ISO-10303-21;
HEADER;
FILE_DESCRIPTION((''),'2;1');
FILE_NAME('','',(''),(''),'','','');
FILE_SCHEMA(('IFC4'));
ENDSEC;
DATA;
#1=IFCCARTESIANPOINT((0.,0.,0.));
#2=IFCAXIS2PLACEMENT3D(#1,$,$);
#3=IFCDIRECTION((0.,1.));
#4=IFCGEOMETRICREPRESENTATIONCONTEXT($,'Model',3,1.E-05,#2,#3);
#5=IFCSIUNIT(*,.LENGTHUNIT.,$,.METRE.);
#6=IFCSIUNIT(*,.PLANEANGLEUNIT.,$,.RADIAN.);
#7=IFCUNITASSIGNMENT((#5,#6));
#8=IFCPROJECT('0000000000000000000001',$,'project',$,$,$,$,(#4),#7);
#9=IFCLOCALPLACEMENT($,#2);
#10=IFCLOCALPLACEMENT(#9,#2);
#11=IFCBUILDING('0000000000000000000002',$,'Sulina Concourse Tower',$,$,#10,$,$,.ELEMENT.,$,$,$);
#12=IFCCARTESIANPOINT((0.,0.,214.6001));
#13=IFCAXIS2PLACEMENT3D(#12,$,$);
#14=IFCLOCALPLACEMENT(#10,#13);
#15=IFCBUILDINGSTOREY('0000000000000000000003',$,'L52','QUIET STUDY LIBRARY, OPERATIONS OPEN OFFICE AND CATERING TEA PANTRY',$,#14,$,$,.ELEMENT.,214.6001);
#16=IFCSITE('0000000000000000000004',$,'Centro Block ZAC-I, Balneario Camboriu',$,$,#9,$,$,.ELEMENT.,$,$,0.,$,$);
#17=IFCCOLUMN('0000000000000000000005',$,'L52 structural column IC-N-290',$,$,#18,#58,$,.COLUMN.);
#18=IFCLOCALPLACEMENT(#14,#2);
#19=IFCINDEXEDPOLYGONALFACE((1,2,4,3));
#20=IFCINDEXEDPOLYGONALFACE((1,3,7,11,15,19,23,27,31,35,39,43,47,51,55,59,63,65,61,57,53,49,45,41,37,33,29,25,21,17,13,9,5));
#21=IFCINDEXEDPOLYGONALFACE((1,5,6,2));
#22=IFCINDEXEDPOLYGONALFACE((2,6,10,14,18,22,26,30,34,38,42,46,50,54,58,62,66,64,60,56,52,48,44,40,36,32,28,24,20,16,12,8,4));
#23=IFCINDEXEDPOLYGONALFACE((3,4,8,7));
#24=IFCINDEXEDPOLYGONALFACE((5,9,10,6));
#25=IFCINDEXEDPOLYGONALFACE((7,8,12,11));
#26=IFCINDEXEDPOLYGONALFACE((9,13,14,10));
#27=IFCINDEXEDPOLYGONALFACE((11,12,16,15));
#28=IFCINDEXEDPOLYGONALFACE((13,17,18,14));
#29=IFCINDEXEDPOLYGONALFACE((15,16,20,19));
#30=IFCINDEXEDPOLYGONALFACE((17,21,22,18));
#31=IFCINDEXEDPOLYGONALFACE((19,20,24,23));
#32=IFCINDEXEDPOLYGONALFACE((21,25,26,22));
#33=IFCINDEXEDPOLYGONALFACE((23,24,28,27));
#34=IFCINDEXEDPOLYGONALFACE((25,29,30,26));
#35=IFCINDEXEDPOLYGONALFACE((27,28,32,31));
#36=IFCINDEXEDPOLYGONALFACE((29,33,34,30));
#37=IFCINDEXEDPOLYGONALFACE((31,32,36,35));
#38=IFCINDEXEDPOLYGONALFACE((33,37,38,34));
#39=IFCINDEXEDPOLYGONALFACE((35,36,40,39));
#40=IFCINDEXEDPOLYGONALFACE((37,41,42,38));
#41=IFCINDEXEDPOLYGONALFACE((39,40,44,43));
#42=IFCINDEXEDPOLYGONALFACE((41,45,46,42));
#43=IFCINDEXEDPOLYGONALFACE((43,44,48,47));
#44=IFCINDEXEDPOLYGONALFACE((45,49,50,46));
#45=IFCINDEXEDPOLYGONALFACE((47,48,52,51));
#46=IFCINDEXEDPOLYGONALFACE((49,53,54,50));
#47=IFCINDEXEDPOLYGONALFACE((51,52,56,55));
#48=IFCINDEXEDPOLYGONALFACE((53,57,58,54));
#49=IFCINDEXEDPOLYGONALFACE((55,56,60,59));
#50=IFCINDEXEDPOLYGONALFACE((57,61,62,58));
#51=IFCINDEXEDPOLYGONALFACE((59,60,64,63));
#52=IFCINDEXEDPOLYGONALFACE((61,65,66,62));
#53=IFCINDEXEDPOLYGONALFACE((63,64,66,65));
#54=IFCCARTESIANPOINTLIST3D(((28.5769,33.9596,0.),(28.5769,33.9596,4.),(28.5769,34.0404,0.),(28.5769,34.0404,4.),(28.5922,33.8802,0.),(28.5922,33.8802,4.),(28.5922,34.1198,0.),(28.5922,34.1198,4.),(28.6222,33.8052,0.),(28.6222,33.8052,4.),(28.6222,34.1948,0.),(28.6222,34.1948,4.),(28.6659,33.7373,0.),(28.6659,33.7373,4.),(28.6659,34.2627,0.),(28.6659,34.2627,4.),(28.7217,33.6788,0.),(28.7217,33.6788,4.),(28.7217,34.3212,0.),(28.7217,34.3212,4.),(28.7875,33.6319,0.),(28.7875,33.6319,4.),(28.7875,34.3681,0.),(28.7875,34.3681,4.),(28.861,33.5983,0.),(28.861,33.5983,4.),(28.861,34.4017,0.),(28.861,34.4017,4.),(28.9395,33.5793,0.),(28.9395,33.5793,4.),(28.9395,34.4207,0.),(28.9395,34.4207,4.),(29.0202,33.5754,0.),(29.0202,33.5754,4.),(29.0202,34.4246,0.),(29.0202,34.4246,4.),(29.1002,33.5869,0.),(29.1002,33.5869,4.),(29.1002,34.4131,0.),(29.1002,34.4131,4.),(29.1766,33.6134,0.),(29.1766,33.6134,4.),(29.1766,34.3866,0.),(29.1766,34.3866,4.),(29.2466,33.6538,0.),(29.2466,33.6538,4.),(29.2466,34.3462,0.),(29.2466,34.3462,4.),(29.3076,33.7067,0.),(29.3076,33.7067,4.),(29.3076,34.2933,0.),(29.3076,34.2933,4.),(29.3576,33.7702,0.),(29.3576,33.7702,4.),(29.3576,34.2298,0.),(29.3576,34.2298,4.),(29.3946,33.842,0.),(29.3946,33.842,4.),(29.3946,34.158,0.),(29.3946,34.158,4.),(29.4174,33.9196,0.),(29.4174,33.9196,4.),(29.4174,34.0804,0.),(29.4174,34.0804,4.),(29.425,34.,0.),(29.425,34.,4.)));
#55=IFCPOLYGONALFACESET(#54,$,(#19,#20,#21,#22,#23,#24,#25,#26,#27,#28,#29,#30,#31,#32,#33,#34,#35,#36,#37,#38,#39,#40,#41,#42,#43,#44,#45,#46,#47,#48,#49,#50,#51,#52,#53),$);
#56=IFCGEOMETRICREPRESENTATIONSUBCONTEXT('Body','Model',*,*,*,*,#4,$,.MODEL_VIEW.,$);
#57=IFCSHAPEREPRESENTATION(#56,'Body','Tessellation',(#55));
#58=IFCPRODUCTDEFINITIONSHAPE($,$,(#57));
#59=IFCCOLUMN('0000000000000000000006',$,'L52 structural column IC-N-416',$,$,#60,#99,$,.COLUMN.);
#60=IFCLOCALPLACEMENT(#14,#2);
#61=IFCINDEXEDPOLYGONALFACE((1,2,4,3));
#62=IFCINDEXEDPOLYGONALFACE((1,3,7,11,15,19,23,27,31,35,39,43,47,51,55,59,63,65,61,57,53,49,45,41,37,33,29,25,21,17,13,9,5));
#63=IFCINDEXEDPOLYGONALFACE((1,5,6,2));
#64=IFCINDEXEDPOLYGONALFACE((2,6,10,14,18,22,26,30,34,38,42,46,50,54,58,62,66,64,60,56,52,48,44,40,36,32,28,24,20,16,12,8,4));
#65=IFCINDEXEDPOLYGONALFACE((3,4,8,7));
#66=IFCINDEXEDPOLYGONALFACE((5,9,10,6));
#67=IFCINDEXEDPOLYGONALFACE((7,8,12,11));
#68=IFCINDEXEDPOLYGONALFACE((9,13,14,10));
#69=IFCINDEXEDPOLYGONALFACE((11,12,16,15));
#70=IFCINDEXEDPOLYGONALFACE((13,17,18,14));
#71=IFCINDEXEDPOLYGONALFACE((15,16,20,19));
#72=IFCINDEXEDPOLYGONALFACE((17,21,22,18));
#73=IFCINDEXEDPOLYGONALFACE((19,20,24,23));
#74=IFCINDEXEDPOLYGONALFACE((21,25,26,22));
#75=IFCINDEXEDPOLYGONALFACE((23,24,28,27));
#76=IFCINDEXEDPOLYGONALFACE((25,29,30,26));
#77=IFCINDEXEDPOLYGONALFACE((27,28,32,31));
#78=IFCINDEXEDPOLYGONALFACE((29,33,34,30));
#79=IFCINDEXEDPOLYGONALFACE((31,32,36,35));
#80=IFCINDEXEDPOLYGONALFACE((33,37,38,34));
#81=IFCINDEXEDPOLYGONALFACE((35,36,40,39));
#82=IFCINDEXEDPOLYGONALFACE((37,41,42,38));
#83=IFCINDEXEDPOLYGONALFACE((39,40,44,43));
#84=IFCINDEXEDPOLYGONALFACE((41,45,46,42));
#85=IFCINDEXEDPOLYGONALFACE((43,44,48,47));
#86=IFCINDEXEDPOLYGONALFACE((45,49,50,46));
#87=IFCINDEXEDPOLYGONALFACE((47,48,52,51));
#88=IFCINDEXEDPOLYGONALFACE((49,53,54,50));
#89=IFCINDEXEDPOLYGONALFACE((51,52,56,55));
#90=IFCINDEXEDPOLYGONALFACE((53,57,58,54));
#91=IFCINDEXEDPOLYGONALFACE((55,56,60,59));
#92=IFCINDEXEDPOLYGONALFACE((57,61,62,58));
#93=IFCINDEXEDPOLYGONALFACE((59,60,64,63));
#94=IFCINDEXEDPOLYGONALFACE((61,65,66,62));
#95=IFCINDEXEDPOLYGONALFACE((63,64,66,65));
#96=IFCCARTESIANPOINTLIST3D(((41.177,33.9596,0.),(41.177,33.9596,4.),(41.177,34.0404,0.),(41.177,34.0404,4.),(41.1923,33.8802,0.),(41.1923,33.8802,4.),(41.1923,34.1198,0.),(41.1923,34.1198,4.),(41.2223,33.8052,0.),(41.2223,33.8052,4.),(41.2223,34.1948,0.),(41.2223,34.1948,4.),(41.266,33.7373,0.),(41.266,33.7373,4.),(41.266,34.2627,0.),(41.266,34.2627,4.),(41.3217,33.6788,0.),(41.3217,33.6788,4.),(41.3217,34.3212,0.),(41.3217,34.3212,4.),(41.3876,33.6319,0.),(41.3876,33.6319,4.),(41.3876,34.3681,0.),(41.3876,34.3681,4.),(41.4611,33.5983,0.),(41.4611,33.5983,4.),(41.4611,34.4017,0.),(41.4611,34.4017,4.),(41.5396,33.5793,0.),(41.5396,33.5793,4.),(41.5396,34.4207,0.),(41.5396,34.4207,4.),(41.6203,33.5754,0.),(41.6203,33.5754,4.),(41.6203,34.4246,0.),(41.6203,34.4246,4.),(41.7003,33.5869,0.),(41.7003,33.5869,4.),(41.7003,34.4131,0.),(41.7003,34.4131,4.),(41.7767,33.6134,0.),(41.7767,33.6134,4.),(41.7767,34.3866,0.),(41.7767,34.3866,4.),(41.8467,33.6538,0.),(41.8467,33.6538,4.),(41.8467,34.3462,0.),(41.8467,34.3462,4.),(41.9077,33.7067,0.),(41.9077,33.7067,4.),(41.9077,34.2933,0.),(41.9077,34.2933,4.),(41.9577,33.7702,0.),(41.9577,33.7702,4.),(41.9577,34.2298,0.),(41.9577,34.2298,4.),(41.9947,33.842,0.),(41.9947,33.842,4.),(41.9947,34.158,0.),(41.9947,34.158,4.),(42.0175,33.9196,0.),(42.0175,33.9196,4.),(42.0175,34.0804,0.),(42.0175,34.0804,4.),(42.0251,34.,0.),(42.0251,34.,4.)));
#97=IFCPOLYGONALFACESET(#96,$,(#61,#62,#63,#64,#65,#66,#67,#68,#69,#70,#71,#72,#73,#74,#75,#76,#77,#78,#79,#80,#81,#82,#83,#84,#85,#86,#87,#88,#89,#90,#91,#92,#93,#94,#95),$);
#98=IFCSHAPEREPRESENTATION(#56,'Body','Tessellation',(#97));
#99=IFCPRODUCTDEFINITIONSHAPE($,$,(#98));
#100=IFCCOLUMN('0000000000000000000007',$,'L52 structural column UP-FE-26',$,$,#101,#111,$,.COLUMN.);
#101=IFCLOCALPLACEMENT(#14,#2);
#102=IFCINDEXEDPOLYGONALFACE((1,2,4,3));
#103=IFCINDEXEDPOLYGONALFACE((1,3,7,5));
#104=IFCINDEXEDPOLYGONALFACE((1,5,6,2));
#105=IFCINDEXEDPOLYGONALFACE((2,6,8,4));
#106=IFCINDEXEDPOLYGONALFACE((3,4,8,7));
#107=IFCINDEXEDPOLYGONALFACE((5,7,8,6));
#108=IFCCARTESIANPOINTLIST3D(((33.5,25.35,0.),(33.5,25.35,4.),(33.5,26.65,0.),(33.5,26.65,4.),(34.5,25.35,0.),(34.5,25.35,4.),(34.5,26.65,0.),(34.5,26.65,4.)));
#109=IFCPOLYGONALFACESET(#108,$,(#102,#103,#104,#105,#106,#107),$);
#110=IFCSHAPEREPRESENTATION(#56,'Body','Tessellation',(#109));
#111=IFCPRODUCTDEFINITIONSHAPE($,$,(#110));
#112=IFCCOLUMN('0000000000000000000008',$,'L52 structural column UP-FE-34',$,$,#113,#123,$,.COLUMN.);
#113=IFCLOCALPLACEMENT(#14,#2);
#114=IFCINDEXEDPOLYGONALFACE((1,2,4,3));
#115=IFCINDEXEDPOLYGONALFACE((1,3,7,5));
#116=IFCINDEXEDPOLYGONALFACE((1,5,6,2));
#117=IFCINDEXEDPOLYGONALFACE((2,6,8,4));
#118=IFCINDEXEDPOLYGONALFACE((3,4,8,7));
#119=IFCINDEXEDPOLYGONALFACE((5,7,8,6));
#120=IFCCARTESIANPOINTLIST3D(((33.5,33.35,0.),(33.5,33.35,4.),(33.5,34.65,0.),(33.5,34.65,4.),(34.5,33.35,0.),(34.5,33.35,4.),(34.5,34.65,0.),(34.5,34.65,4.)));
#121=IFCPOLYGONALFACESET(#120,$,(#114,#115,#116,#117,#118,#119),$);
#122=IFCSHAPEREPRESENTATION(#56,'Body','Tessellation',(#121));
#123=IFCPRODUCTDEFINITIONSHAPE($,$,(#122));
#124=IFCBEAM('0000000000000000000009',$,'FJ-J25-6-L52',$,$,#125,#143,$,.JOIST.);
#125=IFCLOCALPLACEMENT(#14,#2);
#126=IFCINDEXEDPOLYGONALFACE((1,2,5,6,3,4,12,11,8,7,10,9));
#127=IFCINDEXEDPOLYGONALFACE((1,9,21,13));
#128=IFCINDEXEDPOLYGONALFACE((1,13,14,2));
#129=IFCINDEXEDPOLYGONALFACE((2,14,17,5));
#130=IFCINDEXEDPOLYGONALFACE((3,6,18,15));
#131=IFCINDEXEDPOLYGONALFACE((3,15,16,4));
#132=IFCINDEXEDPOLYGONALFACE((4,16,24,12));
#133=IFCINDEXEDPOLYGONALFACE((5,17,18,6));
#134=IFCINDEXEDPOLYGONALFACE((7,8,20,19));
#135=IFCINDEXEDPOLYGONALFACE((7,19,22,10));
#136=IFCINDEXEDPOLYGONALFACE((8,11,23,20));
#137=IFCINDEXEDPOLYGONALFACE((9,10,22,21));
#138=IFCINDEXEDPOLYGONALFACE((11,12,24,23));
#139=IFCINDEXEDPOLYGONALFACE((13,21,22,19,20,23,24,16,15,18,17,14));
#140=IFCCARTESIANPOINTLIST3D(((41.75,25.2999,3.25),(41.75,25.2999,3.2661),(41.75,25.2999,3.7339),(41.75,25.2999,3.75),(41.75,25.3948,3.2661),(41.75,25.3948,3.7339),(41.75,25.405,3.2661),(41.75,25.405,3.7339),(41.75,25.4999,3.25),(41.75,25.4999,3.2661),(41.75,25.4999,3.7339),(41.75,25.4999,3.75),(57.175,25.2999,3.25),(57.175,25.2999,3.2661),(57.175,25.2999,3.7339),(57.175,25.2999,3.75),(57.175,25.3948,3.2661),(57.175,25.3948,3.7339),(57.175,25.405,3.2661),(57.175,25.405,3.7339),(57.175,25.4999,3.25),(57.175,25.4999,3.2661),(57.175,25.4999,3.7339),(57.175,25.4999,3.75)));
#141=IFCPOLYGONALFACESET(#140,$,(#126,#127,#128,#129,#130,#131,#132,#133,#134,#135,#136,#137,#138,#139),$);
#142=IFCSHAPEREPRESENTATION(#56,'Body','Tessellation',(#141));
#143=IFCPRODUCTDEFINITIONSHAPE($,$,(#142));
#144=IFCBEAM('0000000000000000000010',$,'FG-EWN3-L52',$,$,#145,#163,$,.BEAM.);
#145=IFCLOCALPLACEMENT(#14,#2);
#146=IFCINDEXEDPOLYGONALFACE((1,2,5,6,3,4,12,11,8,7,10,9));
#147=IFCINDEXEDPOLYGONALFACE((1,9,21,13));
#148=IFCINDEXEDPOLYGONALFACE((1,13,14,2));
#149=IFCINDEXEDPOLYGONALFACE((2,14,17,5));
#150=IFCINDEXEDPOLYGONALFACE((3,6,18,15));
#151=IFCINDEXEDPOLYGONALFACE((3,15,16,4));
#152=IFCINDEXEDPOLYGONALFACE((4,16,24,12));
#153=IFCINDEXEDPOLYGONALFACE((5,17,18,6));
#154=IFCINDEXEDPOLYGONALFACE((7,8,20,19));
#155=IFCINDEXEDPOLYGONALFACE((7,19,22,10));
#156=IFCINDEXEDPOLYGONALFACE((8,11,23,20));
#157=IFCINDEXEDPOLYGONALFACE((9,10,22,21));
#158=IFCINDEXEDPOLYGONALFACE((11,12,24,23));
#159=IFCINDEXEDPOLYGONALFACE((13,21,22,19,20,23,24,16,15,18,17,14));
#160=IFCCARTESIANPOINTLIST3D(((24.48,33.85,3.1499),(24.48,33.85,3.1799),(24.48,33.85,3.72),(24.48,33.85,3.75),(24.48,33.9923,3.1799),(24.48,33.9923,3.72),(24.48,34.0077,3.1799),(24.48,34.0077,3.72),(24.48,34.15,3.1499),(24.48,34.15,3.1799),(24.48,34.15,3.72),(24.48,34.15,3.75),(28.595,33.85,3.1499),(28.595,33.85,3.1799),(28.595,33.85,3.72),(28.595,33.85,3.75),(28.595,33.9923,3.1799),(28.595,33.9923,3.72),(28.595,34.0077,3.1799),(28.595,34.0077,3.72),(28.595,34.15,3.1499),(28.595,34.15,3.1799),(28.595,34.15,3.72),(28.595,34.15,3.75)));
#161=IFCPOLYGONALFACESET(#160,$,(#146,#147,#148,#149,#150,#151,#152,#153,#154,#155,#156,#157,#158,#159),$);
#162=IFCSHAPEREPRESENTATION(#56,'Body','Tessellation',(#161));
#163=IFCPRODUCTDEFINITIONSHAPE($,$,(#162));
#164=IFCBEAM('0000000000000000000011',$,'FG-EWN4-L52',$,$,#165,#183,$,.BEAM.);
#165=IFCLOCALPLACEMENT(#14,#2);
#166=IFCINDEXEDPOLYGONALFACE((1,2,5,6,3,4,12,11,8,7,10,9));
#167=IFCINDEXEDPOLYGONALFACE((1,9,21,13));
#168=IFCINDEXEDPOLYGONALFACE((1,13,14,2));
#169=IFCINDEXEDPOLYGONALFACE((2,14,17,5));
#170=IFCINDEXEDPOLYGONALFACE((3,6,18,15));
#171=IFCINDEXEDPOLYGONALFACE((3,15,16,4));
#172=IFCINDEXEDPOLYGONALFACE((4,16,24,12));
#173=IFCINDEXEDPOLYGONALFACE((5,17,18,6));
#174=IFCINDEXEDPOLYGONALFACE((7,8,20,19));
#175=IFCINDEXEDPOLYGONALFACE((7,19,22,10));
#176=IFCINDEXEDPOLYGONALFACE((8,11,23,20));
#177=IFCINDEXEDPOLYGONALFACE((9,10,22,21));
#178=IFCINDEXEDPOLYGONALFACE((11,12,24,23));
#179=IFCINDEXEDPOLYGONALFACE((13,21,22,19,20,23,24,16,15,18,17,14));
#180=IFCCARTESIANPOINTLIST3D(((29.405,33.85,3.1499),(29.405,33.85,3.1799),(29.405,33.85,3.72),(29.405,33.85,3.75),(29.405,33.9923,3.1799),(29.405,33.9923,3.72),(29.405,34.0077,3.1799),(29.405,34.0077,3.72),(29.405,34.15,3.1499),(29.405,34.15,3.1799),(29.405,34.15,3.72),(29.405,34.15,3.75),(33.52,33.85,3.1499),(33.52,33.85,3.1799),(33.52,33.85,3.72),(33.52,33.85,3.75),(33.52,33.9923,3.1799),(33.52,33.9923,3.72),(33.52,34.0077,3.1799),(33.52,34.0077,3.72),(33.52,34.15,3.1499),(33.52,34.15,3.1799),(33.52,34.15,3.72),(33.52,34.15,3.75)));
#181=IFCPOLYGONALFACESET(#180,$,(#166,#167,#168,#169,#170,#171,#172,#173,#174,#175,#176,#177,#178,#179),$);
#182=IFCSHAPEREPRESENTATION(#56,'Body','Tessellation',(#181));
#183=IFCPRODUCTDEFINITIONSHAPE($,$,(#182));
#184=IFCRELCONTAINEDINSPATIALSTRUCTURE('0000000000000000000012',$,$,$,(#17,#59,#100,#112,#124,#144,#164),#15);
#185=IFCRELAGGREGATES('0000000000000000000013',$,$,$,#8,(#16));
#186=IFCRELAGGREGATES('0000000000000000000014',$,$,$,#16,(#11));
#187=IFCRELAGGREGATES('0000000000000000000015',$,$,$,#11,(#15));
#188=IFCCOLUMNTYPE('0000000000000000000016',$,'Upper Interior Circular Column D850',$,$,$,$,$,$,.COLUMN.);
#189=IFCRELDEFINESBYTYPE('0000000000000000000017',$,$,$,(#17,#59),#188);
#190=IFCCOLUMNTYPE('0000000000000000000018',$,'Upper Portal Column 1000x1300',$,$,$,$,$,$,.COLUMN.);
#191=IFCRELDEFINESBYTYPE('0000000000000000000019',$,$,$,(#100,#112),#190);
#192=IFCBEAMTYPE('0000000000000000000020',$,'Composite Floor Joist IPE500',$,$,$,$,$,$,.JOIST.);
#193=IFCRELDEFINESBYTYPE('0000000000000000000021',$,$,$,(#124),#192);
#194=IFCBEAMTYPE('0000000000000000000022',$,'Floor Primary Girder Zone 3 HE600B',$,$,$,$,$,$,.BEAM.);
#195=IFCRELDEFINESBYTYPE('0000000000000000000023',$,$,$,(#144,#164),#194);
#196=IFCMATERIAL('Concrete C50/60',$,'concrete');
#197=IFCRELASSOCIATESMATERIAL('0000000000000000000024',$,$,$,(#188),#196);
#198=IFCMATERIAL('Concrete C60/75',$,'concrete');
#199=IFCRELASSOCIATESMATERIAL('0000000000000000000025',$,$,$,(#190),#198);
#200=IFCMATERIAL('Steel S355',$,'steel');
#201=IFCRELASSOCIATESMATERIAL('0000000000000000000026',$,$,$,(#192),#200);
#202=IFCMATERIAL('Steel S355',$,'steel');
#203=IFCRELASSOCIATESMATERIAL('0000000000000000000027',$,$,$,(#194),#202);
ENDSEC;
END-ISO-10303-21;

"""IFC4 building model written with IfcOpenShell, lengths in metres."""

from ifc_helpers import new_model, si_unit, direction, frame, origin, origin_2d, place, context, subcontext, project, spatial, rectangle, circle, i_section, extrude, material, material_profile, profile_set, type_object, element, save


model = new_model("IFC4")

# Units and contexts
model_context = context("Model", 3, precision=1e-05, world=origin(), true_north=direction((0.0, 1.0)))
body_context = subcontext(model_context, "Body", "Model", "MODEL_VIEW")
ifc_project = project(units=[si_unit("LENGTHUNIT", "METRE"), si_unit("PLANEANGLEUNIT", "RADIAN")], contexts=[model_context])

# Site, building, storey
site_placement = place(None, origin())
site = spatial("IfcSite", under=ifc_project, at=site_placement, Name="Centro Block ZAC-I, Balneario Camboriu", CompositionType="ELEMENT", RefElevation=0.0)
building_placement = place(site_placement, origin())
building = spatial("IfcBuilding", under=site, at=building_placement, Name="Sulina Concourse Tower", CompositionType="ELEMENT")
storey_placement = place(building_placement, frame((0.0, 0.0, 214.6001)))
storey = spatial("IfcBuildingStorey", under=building, at=storey_placement, Name="L52", Description="QUIET STUDY LIBRARY, OPERATIONS OPEN OFFICE AND CATERING TEA PANTRY", CompositionType="ELEMENT", Elevation=214.6001)

# Columns
ifc_material_1 = material(Name="Concrete C50/60", Category="concrete")
ifc_material_profile_1 = material_profile(ifc_material_1, circle(Radius=0.425, at=origin_2d()), Name="RC D850")
ifc_profile_set_1 = profile_set([ifc_material_profile_1], Name="Concrete C50/60")
column_type_1 = type_object("IfcColumnType", Name="Upper Interior Circular Column D850", PredefinedType="COLUMN", material=ifc_profile_set_1)
for number, where, z_axis, x_axis, name in (
    (1, (29.0, 34.0, 0.0), (0.0, 0.0, 1.0), (1.0, 0.0, 0.0), "L52 structural column IC-N-290"),
    (2, (41.6001, 34.0, 0.0), (0.0, 0.0, 1.0), (1.0, 0.0, 0.0), "L52 structural column IC-N-416"),
):
    element("IfcColumn", number, at=place(storey_placement, frame(where, z_axis=z_axis, x_axis=x_axis)), inside=storey, type_object=column_type_1, Name=name, PredefinedType="COLUMN", context=body_context, shape_type="SweptSolid", body=[
        extrude(circle(Radius=0.425, at=origin_2d()), origin(), (0.0, 0.0, 1.0), 4.0),
    ])
ifc_material_2 = material(Name="Concrete C60/75", Category="concrete")
ifc_material_profile_2 = material_profile(ifc_material_2, rectangle(XDim=1.0, YDim=1.3, at=origin_2d()), Name="RC 1000x1300")
ifc_profile_set_2 = profile_set([ifc_material_profile_2], Name="Concrete C60/75")
column_type_2 = type_object("IfcColumnType", Name="Upper Portal Column 1000x1300", PredefinedType="COLUMN", material=ifc_profile_set_2)
for number, where, z_axis, x_axis, name in (
    (3, (34.0, 26.0, 0.0), (0.0, 0.0, 1.0), (1.0, 0.0, 0.0), "L52 structural column UP-FE-26"),
    (4, (34.0, 34.0, 0.0), (0.0, 0.0, 1.0), (1.0, 0.0, 0.0), "L52 structural column UP-FE-34"),
):
    element("IfcColumn", number, at=place(storey_placement, frame(where, z_axis=z_axis, x_axis=x_axis)), inside=storey, type_object=column_type_2, Name=name, PredefinedType="COLUMN", context=body_context, shape_type="SweptSolid", body=[
        extrude(rectangle(XDim=1.0, YDim=1.3, at=origin_2d()), origin(), (0.0, 0.0, 1.0), 4.0),
    ])

# Beams
ifc_material_3 = material(Name="Steel S355", Category="steel")
ifc_material_profile_3 = material_profile(ifc_material_3, i_section(OverallWidth=0.2, OverallDepth=0.5, WebThickness=0.0103, FlangeThickness=0.0161, at=origin_2d()), Name="IPE 500")
ifc_profile_set_3 = profile_set([ifc_material_profile_3], Name="Steel S355")
beam_type_1 = type_object("IfcBeamType", Name="Composite Floor Joist IPE500", PredefinedType="JOIST", material=ifc_profile_set_3)
beam_1_placement = place(storey_placement, frame((41.75, 25.3999, 3.5), z_axis=(1.0, 0.0, 0.0), x_axis=(0.0, 1.0, 0.0)))
element("IfcBeam", 5, at=beam_1_placement, inside=storey, type_object=beam_type_1, Name="FJ-J25-6-L52", PredefinedType="JOIST", context=body_context, shape_type="SweptSolid", body=[
    extrude(i_section(OverallWidth=0.2, OverallDepth=0.5, WebThickness=0.0103, FlangeThickness=0.0161, at=origin_2d()), origin(), (0.0, 0.0, 1.0), 15.425),
])
ifc_material_4 = material(Name="Steel S355", Category="steel")
ifc_material_profile_4 = material_profile(ifc_material_4, i_section(OverallWidth=0.3, OverallDepth=0.6001, WebThickness=0.0154, FlangeThickness=0.03, at=origin_2d()), Name="HE 600 B")
ifc_profile_set_4 = profile_set([ifc_material_profile_4], Name="Steel S355")
beam_type_2 = type_object("IfcBeamType", Name="Floor Primary Girder Zone 3 HE600B", PredefinedType="BEAM", material=ifc_profile_set_4)
for number, where, z_axis, x_axis, name in (
    (6, (24.48, 34.0, 3.45), (1.0, 0.0, 0.0), (0.0, 1.0, 0.0), "FG-EWN3-L52"),
    (7, (29.405, 34.0, 3.45), (1.0, 0.0, 0.0), (0.0, 1.0, 0.0), "FG-EWN4-L52"),
):
    element("IfcBeam", number, at=place(storey_placement, frame(where, z_axis=z_axis, x_axis=x_axis)), inside=storey, type_object=beam_type_2, Name=name, PredefinedType="BEAM", context=body_context, shape_type="SweptSolid", body=[
        extrude(i_section(OverallWidth=0.3, OverallDepth=0.6001, WebThickness=0.0154, FlangeThickness=0.03, at=origin_2d()), origin(), (0.0, 0.0, 1.0), 4.115),
    ])

save(model, "model.ifc")
